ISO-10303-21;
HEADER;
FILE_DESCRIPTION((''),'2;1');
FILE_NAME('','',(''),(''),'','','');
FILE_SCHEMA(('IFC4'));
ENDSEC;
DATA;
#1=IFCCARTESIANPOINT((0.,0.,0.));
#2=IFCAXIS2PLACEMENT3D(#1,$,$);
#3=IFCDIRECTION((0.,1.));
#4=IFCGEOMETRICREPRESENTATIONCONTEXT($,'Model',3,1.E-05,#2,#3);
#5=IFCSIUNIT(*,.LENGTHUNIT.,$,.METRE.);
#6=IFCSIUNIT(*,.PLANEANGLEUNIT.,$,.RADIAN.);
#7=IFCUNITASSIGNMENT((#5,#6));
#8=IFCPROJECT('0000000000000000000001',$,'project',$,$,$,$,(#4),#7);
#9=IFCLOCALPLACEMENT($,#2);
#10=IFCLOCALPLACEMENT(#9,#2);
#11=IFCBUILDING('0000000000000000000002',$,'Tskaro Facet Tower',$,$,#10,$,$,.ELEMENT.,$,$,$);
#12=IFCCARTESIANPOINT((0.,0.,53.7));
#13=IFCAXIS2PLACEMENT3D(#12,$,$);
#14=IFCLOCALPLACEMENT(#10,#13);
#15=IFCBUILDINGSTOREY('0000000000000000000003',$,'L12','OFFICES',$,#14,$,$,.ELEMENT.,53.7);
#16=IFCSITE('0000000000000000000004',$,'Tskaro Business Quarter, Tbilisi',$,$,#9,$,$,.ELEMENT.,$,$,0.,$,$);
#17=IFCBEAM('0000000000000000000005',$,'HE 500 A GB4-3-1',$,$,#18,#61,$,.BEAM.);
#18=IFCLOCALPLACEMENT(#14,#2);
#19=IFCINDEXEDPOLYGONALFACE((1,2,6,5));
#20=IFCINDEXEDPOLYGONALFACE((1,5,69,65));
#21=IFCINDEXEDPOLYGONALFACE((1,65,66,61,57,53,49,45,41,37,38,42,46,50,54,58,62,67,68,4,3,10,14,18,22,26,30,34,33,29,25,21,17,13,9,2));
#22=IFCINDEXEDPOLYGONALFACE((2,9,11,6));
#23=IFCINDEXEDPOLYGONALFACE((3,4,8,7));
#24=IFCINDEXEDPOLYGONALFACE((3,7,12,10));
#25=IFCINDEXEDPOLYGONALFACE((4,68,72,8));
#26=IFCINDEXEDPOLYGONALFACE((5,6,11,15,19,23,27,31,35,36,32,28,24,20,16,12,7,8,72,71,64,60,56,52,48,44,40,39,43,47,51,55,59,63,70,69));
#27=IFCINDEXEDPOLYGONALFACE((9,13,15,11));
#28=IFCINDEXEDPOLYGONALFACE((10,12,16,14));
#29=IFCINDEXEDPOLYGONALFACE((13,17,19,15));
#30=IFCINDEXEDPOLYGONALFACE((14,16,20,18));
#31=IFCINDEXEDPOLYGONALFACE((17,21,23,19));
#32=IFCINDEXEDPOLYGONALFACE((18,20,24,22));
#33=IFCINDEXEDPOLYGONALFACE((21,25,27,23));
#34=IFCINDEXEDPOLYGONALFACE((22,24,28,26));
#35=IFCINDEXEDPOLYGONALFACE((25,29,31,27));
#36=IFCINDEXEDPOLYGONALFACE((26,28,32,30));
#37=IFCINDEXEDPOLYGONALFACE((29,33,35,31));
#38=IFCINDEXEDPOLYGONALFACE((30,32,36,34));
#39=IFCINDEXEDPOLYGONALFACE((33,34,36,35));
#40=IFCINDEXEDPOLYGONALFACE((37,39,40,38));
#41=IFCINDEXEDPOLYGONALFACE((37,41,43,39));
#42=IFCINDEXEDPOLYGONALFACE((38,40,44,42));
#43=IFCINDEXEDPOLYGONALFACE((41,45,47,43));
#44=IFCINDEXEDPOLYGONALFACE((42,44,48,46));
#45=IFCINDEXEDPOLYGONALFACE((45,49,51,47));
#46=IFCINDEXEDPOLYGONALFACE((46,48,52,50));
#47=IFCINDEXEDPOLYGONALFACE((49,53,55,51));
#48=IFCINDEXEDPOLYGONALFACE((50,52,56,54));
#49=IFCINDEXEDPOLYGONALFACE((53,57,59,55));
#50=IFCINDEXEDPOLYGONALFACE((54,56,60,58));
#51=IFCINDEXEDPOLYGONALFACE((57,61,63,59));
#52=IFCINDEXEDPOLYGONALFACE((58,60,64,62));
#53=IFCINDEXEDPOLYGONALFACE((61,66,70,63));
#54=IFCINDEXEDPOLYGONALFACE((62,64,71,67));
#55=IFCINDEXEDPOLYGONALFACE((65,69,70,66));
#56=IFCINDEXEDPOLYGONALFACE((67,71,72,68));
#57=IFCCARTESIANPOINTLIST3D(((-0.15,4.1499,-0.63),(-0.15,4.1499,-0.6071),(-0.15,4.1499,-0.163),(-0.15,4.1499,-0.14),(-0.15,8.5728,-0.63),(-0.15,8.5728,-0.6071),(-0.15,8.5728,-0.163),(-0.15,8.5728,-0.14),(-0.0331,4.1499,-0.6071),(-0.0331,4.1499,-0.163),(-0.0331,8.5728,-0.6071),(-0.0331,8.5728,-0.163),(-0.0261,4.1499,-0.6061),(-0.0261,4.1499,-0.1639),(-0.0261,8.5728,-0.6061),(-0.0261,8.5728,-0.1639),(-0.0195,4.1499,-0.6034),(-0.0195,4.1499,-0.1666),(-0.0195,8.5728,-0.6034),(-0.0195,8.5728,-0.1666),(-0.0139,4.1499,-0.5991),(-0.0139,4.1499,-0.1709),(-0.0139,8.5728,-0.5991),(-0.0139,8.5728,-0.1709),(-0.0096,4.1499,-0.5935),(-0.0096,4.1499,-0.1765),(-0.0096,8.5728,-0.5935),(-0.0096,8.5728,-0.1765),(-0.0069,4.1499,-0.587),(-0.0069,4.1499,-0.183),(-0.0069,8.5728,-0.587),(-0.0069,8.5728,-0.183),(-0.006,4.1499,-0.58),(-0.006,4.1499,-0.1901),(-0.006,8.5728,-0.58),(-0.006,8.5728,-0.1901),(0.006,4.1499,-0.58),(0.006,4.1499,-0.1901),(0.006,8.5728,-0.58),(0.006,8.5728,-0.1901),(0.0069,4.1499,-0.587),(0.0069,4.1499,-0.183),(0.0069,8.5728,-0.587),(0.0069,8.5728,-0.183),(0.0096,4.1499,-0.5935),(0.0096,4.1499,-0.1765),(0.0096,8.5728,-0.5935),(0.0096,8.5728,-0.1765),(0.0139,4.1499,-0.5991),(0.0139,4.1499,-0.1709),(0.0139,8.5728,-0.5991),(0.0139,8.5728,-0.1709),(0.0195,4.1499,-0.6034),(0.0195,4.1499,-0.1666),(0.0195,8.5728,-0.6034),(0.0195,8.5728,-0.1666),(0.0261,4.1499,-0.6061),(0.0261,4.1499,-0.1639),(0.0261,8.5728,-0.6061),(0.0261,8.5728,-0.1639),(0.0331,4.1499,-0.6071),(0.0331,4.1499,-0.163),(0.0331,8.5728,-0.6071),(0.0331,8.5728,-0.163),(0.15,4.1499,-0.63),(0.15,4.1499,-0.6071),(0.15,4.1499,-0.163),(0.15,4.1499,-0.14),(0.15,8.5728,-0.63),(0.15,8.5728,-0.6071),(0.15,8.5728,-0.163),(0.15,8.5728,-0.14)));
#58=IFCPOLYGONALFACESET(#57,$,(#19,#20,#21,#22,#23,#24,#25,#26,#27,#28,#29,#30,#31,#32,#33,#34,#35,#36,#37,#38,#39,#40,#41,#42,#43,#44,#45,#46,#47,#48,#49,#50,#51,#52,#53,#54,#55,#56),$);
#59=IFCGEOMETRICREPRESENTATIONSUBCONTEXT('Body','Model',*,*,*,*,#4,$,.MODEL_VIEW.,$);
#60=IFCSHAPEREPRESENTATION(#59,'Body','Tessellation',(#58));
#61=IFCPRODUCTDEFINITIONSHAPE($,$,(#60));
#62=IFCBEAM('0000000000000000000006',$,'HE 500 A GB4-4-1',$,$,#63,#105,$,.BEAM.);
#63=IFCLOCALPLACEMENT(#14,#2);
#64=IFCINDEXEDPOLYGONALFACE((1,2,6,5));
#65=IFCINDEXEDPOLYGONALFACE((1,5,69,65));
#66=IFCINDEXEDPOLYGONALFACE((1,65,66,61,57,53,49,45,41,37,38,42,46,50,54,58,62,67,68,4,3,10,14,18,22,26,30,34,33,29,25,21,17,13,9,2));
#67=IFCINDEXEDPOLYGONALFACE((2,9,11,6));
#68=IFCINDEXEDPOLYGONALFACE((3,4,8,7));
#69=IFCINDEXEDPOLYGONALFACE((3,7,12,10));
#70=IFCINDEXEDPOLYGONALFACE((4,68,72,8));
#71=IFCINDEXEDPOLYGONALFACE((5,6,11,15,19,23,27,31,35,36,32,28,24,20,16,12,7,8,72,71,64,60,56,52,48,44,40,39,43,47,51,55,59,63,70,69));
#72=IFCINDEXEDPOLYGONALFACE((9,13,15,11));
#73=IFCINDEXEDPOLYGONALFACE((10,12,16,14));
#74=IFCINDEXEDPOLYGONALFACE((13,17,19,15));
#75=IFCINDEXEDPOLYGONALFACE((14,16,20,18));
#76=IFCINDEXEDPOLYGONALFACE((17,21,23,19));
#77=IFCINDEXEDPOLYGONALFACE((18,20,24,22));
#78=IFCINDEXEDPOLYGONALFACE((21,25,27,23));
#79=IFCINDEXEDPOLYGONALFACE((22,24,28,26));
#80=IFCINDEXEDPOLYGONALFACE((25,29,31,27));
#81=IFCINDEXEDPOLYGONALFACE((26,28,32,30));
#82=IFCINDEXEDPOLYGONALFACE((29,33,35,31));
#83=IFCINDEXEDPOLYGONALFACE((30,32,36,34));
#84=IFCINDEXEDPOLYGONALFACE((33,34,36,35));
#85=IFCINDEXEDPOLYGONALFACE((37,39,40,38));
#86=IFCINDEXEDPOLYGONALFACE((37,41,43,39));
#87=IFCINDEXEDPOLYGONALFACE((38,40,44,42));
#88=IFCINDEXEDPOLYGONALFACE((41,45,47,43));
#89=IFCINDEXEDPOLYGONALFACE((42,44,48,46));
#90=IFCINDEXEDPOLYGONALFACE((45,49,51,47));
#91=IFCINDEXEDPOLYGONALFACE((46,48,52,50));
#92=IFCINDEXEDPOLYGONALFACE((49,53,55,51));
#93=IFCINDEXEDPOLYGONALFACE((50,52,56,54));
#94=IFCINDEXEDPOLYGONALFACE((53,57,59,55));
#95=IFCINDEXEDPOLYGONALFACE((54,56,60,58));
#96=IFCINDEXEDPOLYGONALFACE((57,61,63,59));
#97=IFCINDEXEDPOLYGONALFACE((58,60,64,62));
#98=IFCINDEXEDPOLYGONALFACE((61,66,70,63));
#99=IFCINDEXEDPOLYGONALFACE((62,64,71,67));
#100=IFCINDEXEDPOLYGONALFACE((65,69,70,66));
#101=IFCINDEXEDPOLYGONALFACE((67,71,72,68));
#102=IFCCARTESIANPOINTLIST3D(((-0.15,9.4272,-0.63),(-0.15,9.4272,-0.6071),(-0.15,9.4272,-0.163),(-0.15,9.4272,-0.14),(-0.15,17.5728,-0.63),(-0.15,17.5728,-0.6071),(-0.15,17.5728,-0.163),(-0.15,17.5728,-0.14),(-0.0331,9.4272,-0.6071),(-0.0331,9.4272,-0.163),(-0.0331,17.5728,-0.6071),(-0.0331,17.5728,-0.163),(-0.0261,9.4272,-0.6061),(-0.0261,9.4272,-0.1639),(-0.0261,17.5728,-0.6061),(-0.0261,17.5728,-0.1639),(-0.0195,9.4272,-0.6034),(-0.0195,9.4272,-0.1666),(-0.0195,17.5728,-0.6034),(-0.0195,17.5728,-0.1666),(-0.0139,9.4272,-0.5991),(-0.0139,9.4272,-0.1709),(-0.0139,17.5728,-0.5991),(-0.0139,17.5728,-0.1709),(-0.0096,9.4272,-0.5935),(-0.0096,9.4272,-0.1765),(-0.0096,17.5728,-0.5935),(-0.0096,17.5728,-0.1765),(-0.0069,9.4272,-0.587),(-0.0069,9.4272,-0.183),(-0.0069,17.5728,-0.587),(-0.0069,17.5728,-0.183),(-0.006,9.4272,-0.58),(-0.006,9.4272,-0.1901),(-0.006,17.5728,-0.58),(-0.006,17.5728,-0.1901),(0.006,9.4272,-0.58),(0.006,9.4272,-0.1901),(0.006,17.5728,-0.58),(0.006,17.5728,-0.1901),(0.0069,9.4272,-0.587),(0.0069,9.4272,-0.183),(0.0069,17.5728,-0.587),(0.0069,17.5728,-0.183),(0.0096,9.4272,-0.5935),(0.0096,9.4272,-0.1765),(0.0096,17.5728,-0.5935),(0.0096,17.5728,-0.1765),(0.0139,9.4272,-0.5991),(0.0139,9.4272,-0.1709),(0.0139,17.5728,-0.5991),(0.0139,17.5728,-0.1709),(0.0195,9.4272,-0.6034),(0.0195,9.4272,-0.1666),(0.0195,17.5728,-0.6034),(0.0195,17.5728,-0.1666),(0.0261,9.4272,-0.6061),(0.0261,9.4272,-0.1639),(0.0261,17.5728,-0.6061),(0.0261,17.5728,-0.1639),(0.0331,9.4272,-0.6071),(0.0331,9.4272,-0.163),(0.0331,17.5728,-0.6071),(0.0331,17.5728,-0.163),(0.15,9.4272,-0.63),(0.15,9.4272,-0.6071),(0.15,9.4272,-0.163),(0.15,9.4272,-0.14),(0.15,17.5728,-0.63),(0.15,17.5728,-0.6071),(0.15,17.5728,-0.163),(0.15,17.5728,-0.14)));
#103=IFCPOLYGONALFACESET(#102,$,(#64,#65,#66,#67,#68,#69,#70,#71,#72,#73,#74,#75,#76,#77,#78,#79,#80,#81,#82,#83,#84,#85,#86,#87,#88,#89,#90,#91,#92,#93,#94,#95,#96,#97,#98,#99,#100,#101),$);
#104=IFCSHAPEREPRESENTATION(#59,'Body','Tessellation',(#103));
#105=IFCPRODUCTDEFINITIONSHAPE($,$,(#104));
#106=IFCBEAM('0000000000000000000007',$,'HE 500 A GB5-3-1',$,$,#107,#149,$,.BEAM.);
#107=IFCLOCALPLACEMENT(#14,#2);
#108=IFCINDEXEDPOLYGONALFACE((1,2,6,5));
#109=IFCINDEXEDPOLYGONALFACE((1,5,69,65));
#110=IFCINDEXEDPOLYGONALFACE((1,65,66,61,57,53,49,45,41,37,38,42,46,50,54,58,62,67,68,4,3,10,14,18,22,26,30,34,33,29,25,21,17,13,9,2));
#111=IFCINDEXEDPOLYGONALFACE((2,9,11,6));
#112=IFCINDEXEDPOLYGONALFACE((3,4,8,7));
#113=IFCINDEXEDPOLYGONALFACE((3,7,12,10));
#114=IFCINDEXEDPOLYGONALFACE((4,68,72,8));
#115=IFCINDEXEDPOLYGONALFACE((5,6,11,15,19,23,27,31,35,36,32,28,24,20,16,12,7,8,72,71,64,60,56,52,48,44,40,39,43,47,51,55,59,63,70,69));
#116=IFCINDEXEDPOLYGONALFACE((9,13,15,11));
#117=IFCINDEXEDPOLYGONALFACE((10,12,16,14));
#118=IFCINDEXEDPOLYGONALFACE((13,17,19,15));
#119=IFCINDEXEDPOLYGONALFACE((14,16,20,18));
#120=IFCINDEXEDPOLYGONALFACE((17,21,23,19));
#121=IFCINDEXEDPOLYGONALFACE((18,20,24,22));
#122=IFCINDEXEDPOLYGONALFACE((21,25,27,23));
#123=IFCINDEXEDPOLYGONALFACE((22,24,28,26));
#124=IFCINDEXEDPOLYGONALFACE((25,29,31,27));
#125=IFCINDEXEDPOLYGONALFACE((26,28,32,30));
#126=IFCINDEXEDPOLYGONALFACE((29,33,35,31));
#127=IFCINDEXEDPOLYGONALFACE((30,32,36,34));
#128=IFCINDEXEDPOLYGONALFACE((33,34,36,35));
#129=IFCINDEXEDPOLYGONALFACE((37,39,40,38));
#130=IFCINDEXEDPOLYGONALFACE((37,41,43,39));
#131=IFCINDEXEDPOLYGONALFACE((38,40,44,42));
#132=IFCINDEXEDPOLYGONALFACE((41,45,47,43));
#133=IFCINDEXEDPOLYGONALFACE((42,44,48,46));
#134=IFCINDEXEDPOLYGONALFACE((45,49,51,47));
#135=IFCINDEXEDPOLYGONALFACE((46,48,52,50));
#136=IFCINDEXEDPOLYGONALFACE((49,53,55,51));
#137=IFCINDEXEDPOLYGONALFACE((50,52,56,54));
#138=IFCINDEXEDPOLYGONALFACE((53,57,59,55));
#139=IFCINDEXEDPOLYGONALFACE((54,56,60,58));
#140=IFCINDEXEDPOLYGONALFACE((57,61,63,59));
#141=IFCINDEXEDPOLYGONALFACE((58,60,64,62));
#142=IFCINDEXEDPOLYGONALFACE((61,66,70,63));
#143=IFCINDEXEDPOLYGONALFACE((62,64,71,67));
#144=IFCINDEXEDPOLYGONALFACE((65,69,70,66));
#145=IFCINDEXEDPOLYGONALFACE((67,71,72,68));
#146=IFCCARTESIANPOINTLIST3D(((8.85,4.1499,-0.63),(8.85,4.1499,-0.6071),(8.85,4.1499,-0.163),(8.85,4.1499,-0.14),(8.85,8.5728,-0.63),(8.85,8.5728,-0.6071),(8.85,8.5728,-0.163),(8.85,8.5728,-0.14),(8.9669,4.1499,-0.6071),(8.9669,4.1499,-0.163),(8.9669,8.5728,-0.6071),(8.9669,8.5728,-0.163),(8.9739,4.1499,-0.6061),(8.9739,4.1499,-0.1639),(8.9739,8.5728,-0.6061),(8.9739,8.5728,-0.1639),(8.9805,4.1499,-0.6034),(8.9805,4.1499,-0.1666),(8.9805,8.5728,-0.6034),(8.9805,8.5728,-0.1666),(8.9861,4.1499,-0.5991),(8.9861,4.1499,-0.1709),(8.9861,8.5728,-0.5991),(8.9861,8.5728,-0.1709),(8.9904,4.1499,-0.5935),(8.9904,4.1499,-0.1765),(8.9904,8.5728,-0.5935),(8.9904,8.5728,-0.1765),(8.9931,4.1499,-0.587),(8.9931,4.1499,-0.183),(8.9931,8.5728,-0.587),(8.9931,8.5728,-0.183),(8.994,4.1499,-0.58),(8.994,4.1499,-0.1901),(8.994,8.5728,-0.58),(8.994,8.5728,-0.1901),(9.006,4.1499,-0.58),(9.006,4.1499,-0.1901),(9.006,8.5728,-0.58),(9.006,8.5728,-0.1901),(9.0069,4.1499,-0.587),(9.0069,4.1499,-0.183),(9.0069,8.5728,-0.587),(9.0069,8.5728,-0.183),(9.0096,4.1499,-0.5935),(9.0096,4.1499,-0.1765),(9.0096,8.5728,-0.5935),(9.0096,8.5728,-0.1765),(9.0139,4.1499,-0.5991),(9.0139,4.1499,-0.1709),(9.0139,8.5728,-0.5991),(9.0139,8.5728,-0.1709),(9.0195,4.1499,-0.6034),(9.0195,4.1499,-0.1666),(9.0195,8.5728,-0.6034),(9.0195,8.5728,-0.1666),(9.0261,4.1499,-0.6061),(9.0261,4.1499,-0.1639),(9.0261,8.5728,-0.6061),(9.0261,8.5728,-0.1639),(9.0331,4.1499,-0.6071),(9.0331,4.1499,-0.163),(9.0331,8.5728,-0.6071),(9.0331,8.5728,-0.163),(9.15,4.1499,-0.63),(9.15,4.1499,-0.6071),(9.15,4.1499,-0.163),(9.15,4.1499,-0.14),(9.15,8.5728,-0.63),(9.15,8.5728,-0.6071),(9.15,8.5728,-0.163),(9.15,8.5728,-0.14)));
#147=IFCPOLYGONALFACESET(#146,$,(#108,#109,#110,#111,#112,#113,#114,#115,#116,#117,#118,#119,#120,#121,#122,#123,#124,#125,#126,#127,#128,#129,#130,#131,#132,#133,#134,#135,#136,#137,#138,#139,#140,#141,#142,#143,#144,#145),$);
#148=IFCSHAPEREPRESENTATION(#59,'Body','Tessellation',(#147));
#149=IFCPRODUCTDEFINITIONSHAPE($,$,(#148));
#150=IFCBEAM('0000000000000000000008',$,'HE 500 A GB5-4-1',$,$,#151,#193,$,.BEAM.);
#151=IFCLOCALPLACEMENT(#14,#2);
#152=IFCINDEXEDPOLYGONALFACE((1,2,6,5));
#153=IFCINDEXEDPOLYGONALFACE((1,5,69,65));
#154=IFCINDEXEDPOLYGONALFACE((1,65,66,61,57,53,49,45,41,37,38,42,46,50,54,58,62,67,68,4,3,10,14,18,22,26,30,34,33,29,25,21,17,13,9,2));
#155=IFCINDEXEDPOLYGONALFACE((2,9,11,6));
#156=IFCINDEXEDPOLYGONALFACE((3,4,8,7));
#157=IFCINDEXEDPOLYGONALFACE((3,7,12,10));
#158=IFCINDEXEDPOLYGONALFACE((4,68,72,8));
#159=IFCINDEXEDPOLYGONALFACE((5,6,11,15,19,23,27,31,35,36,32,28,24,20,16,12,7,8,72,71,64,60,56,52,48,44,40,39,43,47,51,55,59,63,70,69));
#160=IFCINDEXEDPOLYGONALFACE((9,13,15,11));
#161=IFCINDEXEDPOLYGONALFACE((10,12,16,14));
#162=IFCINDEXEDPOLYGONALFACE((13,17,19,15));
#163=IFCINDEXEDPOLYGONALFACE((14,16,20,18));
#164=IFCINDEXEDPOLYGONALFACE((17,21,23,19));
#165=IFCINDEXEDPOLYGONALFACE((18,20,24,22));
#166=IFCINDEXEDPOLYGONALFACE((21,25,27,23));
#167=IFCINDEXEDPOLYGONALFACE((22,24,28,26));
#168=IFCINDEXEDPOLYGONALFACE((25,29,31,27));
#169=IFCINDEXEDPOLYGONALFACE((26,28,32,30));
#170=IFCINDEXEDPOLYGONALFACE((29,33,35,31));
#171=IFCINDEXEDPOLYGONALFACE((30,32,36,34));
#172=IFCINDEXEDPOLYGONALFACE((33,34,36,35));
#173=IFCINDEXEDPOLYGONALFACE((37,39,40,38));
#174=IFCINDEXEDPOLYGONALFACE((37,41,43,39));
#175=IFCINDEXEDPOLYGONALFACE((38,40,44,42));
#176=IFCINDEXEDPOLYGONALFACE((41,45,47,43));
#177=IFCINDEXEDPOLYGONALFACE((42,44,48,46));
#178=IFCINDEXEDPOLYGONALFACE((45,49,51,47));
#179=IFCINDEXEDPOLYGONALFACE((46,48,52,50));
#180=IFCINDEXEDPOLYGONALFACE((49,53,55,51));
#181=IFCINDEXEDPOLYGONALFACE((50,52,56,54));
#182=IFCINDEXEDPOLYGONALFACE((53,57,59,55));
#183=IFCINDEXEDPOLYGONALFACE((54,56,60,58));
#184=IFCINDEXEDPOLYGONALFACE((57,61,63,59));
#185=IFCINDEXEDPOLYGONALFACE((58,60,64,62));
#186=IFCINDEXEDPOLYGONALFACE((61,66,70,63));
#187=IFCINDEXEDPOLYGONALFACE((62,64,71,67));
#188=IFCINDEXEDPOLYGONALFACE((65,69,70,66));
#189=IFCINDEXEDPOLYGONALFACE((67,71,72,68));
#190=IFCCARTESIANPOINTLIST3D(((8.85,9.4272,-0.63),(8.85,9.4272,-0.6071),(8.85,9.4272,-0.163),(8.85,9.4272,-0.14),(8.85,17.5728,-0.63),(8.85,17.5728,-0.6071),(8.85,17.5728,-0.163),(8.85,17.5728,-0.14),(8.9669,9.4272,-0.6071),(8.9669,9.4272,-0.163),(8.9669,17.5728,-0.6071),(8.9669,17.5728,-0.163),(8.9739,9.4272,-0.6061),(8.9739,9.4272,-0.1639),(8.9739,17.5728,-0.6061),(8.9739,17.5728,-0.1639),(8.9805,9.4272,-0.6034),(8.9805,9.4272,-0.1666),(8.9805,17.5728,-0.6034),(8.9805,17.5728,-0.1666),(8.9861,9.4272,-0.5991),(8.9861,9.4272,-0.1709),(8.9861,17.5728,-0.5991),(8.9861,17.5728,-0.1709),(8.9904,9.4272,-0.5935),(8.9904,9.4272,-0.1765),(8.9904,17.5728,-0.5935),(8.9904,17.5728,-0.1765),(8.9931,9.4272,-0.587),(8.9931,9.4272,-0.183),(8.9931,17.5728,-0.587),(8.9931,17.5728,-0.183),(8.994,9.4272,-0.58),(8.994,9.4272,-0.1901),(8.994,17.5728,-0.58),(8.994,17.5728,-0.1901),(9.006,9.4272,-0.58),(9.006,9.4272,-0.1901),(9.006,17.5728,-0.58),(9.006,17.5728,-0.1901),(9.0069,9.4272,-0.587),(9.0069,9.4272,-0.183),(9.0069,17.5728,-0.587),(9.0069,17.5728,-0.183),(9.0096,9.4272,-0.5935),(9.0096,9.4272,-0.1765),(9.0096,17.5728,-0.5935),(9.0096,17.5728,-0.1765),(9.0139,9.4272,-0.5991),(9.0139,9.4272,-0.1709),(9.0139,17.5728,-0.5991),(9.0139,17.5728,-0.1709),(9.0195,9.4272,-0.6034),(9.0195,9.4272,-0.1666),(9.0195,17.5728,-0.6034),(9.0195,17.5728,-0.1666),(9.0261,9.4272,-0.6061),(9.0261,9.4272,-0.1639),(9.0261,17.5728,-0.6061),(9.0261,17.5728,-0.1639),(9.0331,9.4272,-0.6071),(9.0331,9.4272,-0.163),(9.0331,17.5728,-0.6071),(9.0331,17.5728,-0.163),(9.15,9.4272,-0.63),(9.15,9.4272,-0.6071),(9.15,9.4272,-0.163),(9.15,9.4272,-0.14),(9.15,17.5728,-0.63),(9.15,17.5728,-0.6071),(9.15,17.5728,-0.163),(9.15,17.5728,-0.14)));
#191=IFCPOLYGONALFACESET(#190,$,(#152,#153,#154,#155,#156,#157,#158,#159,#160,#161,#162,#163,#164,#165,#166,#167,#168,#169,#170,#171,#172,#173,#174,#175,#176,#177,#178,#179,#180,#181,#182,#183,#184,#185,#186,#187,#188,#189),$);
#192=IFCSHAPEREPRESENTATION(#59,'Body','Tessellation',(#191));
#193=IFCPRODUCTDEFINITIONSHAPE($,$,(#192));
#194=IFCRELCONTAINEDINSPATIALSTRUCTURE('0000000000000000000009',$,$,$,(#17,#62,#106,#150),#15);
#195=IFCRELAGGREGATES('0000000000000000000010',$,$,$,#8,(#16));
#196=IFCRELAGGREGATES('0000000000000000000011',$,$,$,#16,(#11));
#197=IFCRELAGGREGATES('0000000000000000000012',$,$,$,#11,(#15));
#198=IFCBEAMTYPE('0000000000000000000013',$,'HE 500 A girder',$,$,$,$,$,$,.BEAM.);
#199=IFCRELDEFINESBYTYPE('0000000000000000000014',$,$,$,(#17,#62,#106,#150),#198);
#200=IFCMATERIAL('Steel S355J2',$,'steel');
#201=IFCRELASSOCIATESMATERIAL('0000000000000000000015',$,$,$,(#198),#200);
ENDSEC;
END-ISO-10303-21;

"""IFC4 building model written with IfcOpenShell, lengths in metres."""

from ifc_helpers import new_model, si_unit, direction, frame, origin, origin_2d, place, context, subcontext, project, spatial, i_section, extrude, material, material_profile, profile_set, type_object, element, save


model = new_model("IFC4")

# Units and contexts
model_context = context("Model", 3, precision=1e-05, world=origin(), true_north=direction((0.0, 1.0)))
body_context = subcontext(model_context, "Body", "Model", "MODEL_VIEW")
ifc_project = project(units=[si_unit("LENGTHUNIT", "METRE"), si_unit("PLANEANGLEUNIT", "RADIAN")], contexts=[model_context])

# Site, building, storey
site_placement = place(None, origin())
site = spatial("IfcSite", under=ifc_project, at=site_placement, Name="Tskaro Business Quarter, Tbilisi", CompositionType="ELEMENT", RefElevation=0.0)
building_placement = place(site_placement, origin())
building = spatial("IfcBuilding", under=site, at=building_placement, Name="Tskaro Facet Tower", CompositionType="ELEMENT")
storey_placement = place(building_placement, frame((0.0, 0.0, 53.7)))
storey = spatial("IfcBuildingStorey", under=building, at=storey_placement, Name="L12", Description="OFFICES", CompositionType="ELEMENT", Elevation=53.7)

# Beams
ifc_material_1 = material(Name="Steel S355J2", Category="steel")
ifc_material_profile_1 = material_profile(ifc_material_1, i_section(OverallWidth=0.3, OverallDepth=0.49, WebThickness=0.012, FlangeThickness=0.0229, FilletRadius=0.0271, at=origin_2d()), Name="HE 500 A")
ifc_profile_set_1 = profile_set([ifc_material_profile_1], Name="Steel S355J2")
beam_type_1 = type_object("IfcBeamType", Name="HE 500 A girder", PredefinedType="BEAM", material=ifc_profile_set_1)
beam_1_placement = place(storey_placement, frame((0.0, 4.1499, -0.385), z_axis=(0.0, 1.0, 0.0), x_axis=(-1.0, 0.0, 0.0)))
element("IfcBeam", 1, at=beam_1_placement, inside=storey, type_object=beam_type_1, Name="HE 500 A GB4-3-1", PredefinedType="BEAM", context=body_context, shape_type="SweptSolid", body=[
    extrude(i_section(OverallWidth=0.3, OverallDepth=0.49, WebThickness=0.012, FlangeThickness=0.0229, FilletRadius=0.0271, at=origin_2d()), origin(), (0.0, 0.0, 1.0), 4.4229),
])
beam_2_placement = place(storey_placement, frame((0.0, 9.4272, -0.385), z_axis=(0.0, 1.0, 0.0), x_axis=(-1.0, 0.0, 0.0)))
element("IfcBeam", 2, at=beam_2_placement, inside=storey, type_object=beam_type_1, Name="HE 500 A GB4-4-1", PredefinedType="BEAM", context=body_context, shape_type="SweptSolid", body=[
    extrude(i_section(OverallWidth=0.3, OverallDepth=0.49, WebThickness=0.012, FlangeThickness=0.0229, FilletRadius=0.0271, at=origin_2d()), origin(), (0.0, 0.0, 1.0), 8.1455),
])
beam_3_placement = place(storey_placement, frame((9.0, 4.1499, -0.385), z_axis=(0.0, 1.0, 0.0), x_axis=(-1.0, 0.0, 0.0)))
element("IfcBeam", 3, at=beam_3_placement, inside=storey, type_object=beam_type_1, Name="HE 500 A GB5-3-1", PredefinedType="BEAM", context=body_context, shape_type="SweptSolid", body=[
    extrude(i_section(OverallWidth=0.3, OverallDepth=0.49, WebThickness=0.012, FlangeThickness=0.0229, FilletRadius=0.0271, at=origin_2d()), origin(), (0.0, 0.0, 1.0), 4.4229),
])
beam_4_placement = place(storey_placement, frame((9.0, 9.4272, -0.385), z_axis=(0.0, 1.0, 0.0), x_axis=(-1.0, 0.0, 0.0)))
element("IfcBeam", 4, at=beam_4_placement, inside=storey, type_object=beam_type_1, Name="HE 500 A GB5-4-1", PredefinedType="BEAM", context=body_context, shape_type="SweptSolid", body=[
    extrude(i_section(OverallWidth=0.3, OverallDepth=0.49, WebThickness=0.012, FlangeThickness=0.0229, FilletRadius=0.0271, at=origin_2d()), origin(), (0.0, 0.0, 1.0), 8.1455),
])

save(model, "model.ifc")
